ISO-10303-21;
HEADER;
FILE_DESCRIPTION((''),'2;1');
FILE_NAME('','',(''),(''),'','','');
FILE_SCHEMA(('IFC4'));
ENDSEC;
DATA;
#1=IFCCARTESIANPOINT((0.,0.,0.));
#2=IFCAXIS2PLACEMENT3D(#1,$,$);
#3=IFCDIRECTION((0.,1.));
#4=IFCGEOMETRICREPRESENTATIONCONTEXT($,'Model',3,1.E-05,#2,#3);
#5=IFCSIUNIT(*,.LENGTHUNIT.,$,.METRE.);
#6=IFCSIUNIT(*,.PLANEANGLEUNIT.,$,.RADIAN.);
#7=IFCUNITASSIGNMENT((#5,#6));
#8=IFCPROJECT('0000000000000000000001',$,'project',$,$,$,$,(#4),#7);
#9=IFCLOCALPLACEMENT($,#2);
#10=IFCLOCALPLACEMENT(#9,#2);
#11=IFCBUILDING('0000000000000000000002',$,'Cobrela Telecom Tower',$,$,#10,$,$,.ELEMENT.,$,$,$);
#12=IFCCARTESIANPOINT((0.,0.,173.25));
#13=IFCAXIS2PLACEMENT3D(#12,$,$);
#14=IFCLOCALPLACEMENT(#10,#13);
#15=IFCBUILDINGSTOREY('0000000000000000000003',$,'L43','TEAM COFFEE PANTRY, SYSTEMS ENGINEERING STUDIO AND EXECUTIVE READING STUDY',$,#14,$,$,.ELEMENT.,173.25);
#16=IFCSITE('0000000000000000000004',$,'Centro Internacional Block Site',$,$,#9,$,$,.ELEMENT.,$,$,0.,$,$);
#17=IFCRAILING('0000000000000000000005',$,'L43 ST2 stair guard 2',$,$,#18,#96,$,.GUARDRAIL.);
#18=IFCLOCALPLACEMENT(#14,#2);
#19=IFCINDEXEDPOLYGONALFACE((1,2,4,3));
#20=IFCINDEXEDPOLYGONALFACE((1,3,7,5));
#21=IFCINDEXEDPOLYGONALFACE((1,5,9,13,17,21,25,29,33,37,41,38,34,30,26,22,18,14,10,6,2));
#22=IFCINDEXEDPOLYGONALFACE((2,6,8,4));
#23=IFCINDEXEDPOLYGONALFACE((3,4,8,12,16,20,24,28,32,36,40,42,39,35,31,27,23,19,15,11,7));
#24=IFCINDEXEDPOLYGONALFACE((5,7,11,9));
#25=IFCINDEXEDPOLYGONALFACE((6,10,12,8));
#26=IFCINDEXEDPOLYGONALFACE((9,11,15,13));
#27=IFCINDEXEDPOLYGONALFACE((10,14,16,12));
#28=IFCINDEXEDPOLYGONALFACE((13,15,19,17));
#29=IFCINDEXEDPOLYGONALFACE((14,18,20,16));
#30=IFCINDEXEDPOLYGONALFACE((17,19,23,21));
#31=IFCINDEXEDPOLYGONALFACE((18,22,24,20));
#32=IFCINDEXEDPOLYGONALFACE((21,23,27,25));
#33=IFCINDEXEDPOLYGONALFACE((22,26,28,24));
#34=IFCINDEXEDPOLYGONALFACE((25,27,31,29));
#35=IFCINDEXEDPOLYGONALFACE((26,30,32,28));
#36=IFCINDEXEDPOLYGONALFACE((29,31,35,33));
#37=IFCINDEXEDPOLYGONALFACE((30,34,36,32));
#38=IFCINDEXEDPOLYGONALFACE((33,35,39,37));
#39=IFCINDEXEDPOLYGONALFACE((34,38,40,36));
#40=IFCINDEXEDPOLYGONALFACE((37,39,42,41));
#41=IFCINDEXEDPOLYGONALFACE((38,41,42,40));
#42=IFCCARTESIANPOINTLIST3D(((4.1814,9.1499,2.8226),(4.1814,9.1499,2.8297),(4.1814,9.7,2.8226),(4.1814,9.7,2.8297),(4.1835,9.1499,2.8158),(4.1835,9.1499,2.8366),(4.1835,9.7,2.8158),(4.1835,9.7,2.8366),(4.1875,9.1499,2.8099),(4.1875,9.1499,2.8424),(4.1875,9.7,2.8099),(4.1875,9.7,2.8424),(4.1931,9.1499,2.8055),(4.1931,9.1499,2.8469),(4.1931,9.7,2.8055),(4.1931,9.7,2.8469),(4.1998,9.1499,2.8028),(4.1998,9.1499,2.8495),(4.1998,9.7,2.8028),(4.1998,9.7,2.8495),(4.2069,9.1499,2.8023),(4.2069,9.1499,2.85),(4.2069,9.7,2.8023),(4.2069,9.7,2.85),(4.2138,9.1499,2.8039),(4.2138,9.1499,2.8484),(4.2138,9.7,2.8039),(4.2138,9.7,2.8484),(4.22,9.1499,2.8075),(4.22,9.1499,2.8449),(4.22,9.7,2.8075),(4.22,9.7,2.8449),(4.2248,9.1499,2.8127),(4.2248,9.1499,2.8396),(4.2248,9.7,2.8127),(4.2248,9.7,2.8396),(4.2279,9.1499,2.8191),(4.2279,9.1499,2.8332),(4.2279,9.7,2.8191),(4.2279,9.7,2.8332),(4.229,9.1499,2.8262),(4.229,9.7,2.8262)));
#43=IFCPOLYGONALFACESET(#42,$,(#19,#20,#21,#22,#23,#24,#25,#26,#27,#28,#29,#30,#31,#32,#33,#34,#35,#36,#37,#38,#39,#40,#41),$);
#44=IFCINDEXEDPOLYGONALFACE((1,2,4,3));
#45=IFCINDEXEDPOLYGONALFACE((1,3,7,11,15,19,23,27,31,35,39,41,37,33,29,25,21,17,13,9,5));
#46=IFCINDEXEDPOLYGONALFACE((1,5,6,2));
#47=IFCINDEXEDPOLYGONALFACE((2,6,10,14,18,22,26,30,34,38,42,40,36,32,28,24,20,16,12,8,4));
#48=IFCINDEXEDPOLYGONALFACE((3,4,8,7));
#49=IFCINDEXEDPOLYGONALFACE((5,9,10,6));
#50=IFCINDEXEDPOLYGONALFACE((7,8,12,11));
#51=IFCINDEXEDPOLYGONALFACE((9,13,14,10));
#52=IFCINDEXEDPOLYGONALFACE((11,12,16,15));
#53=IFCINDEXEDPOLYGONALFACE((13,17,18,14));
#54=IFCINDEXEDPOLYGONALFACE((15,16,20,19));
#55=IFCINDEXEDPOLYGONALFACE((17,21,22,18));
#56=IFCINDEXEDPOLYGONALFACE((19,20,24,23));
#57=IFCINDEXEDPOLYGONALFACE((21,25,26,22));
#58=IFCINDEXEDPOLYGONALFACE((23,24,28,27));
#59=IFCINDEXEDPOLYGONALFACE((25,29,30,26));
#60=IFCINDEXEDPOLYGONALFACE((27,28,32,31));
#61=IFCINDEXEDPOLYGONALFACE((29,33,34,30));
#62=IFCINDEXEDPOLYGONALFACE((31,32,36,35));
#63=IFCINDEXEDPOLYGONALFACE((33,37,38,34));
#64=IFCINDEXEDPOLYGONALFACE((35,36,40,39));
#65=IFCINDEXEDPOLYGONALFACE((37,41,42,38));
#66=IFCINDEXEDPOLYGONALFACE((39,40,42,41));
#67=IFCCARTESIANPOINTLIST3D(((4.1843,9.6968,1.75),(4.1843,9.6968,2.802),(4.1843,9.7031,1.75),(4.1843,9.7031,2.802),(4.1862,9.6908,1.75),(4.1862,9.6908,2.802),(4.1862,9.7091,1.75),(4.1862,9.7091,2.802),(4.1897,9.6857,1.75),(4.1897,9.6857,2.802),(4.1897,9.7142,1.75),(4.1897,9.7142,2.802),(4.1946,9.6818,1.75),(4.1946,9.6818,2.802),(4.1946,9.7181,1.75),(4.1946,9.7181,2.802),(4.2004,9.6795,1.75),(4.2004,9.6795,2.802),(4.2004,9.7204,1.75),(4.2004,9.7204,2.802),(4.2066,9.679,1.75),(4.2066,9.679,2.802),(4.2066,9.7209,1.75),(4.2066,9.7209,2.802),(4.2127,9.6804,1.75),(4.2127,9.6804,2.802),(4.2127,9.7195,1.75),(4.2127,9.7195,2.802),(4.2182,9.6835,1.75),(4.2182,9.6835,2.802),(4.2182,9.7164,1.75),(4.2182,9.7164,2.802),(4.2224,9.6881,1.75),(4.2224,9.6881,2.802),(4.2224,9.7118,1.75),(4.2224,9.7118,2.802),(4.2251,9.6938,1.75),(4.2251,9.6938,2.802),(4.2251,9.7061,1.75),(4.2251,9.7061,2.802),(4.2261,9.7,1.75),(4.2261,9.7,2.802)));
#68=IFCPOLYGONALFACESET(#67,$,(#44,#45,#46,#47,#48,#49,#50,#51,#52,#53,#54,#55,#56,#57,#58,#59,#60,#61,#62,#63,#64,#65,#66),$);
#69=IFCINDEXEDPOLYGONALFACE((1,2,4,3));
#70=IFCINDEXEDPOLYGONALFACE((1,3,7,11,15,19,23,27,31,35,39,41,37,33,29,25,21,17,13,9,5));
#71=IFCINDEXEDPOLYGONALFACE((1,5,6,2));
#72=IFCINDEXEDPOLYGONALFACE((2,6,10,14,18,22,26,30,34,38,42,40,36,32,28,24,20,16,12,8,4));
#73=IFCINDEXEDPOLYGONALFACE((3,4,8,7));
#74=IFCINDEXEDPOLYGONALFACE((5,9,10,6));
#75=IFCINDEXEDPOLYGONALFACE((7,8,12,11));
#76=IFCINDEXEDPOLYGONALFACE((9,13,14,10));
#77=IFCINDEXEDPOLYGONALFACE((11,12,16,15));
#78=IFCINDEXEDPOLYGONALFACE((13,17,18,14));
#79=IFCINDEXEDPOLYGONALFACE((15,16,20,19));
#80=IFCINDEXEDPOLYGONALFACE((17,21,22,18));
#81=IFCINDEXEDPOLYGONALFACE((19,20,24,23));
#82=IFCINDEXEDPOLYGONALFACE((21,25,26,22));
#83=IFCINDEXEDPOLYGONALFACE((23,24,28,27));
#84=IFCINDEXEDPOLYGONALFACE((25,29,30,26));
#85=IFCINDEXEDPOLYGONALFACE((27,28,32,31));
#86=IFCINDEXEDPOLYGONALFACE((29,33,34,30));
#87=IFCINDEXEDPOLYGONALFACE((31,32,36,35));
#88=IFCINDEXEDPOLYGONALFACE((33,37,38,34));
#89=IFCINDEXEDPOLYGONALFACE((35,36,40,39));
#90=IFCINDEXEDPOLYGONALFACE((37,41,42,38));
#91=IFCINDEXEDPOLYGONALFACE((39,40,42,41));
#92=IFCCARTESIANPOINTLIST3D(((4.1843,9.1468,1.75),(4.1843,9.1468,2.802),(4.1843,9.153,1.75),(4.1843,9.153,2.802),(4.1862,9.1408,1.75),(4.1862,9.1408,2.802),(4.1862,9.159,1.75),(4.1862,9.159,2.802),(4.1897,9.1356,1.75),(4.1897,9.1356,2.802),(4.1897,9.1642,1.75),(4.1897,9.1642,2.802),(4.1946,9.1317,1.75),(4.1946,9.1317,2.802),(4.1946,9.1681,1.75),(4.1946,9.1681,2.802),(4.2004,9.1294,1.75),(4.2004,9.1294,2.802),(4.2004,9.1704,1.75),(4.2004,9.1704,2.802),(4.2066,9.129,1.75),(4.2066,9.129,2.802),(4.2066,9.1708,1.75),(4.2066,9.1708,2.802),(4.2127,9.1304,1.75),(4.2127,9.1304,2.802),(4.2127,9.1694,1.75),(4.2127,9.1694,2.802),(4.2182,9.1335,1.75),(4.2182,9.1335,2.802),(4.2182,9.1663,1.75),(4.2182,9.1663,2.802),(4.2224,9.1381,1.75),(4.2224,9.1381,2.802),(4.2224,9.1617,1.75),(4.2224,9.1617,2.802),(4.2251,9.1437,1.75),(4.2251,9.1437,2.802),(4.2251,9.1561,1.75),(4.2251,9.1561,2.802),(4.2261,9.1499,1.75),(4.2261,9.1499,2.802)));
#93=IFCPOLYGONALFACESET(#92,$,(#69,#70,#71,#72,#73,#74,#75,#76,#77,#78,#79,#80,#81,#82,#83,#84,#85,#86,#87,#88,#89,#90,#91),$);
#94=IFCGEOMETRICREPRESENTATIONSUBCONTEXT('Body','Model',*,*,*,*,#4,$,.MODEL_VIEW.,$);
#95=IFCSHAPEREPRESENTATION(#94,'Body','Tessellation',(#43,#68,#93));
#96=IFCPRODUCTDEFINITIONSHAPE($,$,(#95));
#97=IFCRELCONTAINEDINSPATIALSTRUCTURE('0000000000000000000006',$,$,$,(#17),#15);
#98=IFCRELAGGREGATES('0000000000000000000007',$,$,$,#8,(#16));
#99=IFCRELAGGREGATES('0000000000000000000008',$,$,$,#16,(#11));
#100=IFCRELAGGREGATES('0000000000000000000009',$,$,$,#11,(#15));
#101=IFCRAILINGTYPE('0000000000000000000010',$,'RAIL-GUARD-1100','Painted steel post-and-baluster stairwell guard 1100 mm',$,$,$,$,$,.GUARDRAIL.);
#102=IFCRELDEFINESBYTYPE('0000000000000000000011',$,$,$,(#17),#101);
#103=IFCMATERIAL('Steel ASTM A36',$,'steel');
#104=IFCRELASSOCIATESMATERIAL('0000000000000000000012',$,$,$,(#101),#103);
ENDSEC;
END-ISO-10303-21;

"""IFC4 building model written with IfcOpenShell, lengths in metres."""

from ifc_helpers import new_model, si_unit, direction, frame, origin, origin_2d, place, context, subcontext, project, spatial, circle, extrude, material, type_object, element, save


model = new_model("IFC4")

# Units and contexts
model_context = context("Model", 3, precision=1e-05, world=origin(), true_north=direction((0.0, 1.0)))
body_context = subcontext(model_context, "Body", "Model", "MODEL_VIEW")
ifc_project = project(units=[si_unit("LENGTHUNIT", "METRE"), si_unit("PLANEANGLEUNIT", "RADIAN")], contexts=[model_context])

# Site, building, storey
site_placement = place(None, origin())
site = spatial("IfcSite", under=ifc_project, at=site_placement, Name="Centro Internacional Block Site", CompositionType="ELEMENT", RefElevation=0.0)
building_placement = place(site_placement, origin())
building = spatial("IfcBuilding", under=site, at=building_placement, Name="Cobrela Telecom Tower", CompositionType="ELEMENT")
storey_placement = place(building_placement, frame((0.0, 0.0, 173.25)))
storey = spatial("IfcBuildingStorey", under=building, at=storey_placement, Name="L43", Description="TEAM COFFEE PANTRY, SYSTEMS ENGINEERING STUDIO AND EXECUTIVE READING STUDY", CompositionType="ELEMENT", Elevation=173.25)

# Shared definitions
ifc_material_1 = material(Name="Steel ASTM A36", Category="steel")

# Railing
railing_type = type_object("IfcRailingType", Name="RAIL-GUARD-1100", Description="Painted steel post-and-baluster stairwell guard 1100 mm", PredefinedType="GUARDRAIL", material=ifc_material_1)
railing_1_placement = place(storey_placement, frame((4.2051, 9.7, 1.75)))
element("IfcRailing", 1, at=railing_1_placement, inside=storey, type_object=railing_type, Name="L43 ST2 stair guard 2", PredefinedType="GUARDRAIL", context=body_context, shape_type="SweptSolid", body=[
    extrude(circle(Radius=0.0239, at=origin_2d()), frame((0.0, 0.0, 1.0762), z_axis=(0.0, -1.0, 0.0), x_axis=(1.0, 0.0, 0.0)), (0.0, 0.0, 1.0), 0.55),
    extrude(circle(Radius=0.021, at=origin_2d()), origin(), (0.0, 0.0, 1.0), 1.052),
    extrude(circle(Radius=0.021, at=origin_2d()), frame((0.0, -0.55, 0.0)), (0.0, 0.0, 1.0), 1.052),
])

save(model, "model.ifc")
